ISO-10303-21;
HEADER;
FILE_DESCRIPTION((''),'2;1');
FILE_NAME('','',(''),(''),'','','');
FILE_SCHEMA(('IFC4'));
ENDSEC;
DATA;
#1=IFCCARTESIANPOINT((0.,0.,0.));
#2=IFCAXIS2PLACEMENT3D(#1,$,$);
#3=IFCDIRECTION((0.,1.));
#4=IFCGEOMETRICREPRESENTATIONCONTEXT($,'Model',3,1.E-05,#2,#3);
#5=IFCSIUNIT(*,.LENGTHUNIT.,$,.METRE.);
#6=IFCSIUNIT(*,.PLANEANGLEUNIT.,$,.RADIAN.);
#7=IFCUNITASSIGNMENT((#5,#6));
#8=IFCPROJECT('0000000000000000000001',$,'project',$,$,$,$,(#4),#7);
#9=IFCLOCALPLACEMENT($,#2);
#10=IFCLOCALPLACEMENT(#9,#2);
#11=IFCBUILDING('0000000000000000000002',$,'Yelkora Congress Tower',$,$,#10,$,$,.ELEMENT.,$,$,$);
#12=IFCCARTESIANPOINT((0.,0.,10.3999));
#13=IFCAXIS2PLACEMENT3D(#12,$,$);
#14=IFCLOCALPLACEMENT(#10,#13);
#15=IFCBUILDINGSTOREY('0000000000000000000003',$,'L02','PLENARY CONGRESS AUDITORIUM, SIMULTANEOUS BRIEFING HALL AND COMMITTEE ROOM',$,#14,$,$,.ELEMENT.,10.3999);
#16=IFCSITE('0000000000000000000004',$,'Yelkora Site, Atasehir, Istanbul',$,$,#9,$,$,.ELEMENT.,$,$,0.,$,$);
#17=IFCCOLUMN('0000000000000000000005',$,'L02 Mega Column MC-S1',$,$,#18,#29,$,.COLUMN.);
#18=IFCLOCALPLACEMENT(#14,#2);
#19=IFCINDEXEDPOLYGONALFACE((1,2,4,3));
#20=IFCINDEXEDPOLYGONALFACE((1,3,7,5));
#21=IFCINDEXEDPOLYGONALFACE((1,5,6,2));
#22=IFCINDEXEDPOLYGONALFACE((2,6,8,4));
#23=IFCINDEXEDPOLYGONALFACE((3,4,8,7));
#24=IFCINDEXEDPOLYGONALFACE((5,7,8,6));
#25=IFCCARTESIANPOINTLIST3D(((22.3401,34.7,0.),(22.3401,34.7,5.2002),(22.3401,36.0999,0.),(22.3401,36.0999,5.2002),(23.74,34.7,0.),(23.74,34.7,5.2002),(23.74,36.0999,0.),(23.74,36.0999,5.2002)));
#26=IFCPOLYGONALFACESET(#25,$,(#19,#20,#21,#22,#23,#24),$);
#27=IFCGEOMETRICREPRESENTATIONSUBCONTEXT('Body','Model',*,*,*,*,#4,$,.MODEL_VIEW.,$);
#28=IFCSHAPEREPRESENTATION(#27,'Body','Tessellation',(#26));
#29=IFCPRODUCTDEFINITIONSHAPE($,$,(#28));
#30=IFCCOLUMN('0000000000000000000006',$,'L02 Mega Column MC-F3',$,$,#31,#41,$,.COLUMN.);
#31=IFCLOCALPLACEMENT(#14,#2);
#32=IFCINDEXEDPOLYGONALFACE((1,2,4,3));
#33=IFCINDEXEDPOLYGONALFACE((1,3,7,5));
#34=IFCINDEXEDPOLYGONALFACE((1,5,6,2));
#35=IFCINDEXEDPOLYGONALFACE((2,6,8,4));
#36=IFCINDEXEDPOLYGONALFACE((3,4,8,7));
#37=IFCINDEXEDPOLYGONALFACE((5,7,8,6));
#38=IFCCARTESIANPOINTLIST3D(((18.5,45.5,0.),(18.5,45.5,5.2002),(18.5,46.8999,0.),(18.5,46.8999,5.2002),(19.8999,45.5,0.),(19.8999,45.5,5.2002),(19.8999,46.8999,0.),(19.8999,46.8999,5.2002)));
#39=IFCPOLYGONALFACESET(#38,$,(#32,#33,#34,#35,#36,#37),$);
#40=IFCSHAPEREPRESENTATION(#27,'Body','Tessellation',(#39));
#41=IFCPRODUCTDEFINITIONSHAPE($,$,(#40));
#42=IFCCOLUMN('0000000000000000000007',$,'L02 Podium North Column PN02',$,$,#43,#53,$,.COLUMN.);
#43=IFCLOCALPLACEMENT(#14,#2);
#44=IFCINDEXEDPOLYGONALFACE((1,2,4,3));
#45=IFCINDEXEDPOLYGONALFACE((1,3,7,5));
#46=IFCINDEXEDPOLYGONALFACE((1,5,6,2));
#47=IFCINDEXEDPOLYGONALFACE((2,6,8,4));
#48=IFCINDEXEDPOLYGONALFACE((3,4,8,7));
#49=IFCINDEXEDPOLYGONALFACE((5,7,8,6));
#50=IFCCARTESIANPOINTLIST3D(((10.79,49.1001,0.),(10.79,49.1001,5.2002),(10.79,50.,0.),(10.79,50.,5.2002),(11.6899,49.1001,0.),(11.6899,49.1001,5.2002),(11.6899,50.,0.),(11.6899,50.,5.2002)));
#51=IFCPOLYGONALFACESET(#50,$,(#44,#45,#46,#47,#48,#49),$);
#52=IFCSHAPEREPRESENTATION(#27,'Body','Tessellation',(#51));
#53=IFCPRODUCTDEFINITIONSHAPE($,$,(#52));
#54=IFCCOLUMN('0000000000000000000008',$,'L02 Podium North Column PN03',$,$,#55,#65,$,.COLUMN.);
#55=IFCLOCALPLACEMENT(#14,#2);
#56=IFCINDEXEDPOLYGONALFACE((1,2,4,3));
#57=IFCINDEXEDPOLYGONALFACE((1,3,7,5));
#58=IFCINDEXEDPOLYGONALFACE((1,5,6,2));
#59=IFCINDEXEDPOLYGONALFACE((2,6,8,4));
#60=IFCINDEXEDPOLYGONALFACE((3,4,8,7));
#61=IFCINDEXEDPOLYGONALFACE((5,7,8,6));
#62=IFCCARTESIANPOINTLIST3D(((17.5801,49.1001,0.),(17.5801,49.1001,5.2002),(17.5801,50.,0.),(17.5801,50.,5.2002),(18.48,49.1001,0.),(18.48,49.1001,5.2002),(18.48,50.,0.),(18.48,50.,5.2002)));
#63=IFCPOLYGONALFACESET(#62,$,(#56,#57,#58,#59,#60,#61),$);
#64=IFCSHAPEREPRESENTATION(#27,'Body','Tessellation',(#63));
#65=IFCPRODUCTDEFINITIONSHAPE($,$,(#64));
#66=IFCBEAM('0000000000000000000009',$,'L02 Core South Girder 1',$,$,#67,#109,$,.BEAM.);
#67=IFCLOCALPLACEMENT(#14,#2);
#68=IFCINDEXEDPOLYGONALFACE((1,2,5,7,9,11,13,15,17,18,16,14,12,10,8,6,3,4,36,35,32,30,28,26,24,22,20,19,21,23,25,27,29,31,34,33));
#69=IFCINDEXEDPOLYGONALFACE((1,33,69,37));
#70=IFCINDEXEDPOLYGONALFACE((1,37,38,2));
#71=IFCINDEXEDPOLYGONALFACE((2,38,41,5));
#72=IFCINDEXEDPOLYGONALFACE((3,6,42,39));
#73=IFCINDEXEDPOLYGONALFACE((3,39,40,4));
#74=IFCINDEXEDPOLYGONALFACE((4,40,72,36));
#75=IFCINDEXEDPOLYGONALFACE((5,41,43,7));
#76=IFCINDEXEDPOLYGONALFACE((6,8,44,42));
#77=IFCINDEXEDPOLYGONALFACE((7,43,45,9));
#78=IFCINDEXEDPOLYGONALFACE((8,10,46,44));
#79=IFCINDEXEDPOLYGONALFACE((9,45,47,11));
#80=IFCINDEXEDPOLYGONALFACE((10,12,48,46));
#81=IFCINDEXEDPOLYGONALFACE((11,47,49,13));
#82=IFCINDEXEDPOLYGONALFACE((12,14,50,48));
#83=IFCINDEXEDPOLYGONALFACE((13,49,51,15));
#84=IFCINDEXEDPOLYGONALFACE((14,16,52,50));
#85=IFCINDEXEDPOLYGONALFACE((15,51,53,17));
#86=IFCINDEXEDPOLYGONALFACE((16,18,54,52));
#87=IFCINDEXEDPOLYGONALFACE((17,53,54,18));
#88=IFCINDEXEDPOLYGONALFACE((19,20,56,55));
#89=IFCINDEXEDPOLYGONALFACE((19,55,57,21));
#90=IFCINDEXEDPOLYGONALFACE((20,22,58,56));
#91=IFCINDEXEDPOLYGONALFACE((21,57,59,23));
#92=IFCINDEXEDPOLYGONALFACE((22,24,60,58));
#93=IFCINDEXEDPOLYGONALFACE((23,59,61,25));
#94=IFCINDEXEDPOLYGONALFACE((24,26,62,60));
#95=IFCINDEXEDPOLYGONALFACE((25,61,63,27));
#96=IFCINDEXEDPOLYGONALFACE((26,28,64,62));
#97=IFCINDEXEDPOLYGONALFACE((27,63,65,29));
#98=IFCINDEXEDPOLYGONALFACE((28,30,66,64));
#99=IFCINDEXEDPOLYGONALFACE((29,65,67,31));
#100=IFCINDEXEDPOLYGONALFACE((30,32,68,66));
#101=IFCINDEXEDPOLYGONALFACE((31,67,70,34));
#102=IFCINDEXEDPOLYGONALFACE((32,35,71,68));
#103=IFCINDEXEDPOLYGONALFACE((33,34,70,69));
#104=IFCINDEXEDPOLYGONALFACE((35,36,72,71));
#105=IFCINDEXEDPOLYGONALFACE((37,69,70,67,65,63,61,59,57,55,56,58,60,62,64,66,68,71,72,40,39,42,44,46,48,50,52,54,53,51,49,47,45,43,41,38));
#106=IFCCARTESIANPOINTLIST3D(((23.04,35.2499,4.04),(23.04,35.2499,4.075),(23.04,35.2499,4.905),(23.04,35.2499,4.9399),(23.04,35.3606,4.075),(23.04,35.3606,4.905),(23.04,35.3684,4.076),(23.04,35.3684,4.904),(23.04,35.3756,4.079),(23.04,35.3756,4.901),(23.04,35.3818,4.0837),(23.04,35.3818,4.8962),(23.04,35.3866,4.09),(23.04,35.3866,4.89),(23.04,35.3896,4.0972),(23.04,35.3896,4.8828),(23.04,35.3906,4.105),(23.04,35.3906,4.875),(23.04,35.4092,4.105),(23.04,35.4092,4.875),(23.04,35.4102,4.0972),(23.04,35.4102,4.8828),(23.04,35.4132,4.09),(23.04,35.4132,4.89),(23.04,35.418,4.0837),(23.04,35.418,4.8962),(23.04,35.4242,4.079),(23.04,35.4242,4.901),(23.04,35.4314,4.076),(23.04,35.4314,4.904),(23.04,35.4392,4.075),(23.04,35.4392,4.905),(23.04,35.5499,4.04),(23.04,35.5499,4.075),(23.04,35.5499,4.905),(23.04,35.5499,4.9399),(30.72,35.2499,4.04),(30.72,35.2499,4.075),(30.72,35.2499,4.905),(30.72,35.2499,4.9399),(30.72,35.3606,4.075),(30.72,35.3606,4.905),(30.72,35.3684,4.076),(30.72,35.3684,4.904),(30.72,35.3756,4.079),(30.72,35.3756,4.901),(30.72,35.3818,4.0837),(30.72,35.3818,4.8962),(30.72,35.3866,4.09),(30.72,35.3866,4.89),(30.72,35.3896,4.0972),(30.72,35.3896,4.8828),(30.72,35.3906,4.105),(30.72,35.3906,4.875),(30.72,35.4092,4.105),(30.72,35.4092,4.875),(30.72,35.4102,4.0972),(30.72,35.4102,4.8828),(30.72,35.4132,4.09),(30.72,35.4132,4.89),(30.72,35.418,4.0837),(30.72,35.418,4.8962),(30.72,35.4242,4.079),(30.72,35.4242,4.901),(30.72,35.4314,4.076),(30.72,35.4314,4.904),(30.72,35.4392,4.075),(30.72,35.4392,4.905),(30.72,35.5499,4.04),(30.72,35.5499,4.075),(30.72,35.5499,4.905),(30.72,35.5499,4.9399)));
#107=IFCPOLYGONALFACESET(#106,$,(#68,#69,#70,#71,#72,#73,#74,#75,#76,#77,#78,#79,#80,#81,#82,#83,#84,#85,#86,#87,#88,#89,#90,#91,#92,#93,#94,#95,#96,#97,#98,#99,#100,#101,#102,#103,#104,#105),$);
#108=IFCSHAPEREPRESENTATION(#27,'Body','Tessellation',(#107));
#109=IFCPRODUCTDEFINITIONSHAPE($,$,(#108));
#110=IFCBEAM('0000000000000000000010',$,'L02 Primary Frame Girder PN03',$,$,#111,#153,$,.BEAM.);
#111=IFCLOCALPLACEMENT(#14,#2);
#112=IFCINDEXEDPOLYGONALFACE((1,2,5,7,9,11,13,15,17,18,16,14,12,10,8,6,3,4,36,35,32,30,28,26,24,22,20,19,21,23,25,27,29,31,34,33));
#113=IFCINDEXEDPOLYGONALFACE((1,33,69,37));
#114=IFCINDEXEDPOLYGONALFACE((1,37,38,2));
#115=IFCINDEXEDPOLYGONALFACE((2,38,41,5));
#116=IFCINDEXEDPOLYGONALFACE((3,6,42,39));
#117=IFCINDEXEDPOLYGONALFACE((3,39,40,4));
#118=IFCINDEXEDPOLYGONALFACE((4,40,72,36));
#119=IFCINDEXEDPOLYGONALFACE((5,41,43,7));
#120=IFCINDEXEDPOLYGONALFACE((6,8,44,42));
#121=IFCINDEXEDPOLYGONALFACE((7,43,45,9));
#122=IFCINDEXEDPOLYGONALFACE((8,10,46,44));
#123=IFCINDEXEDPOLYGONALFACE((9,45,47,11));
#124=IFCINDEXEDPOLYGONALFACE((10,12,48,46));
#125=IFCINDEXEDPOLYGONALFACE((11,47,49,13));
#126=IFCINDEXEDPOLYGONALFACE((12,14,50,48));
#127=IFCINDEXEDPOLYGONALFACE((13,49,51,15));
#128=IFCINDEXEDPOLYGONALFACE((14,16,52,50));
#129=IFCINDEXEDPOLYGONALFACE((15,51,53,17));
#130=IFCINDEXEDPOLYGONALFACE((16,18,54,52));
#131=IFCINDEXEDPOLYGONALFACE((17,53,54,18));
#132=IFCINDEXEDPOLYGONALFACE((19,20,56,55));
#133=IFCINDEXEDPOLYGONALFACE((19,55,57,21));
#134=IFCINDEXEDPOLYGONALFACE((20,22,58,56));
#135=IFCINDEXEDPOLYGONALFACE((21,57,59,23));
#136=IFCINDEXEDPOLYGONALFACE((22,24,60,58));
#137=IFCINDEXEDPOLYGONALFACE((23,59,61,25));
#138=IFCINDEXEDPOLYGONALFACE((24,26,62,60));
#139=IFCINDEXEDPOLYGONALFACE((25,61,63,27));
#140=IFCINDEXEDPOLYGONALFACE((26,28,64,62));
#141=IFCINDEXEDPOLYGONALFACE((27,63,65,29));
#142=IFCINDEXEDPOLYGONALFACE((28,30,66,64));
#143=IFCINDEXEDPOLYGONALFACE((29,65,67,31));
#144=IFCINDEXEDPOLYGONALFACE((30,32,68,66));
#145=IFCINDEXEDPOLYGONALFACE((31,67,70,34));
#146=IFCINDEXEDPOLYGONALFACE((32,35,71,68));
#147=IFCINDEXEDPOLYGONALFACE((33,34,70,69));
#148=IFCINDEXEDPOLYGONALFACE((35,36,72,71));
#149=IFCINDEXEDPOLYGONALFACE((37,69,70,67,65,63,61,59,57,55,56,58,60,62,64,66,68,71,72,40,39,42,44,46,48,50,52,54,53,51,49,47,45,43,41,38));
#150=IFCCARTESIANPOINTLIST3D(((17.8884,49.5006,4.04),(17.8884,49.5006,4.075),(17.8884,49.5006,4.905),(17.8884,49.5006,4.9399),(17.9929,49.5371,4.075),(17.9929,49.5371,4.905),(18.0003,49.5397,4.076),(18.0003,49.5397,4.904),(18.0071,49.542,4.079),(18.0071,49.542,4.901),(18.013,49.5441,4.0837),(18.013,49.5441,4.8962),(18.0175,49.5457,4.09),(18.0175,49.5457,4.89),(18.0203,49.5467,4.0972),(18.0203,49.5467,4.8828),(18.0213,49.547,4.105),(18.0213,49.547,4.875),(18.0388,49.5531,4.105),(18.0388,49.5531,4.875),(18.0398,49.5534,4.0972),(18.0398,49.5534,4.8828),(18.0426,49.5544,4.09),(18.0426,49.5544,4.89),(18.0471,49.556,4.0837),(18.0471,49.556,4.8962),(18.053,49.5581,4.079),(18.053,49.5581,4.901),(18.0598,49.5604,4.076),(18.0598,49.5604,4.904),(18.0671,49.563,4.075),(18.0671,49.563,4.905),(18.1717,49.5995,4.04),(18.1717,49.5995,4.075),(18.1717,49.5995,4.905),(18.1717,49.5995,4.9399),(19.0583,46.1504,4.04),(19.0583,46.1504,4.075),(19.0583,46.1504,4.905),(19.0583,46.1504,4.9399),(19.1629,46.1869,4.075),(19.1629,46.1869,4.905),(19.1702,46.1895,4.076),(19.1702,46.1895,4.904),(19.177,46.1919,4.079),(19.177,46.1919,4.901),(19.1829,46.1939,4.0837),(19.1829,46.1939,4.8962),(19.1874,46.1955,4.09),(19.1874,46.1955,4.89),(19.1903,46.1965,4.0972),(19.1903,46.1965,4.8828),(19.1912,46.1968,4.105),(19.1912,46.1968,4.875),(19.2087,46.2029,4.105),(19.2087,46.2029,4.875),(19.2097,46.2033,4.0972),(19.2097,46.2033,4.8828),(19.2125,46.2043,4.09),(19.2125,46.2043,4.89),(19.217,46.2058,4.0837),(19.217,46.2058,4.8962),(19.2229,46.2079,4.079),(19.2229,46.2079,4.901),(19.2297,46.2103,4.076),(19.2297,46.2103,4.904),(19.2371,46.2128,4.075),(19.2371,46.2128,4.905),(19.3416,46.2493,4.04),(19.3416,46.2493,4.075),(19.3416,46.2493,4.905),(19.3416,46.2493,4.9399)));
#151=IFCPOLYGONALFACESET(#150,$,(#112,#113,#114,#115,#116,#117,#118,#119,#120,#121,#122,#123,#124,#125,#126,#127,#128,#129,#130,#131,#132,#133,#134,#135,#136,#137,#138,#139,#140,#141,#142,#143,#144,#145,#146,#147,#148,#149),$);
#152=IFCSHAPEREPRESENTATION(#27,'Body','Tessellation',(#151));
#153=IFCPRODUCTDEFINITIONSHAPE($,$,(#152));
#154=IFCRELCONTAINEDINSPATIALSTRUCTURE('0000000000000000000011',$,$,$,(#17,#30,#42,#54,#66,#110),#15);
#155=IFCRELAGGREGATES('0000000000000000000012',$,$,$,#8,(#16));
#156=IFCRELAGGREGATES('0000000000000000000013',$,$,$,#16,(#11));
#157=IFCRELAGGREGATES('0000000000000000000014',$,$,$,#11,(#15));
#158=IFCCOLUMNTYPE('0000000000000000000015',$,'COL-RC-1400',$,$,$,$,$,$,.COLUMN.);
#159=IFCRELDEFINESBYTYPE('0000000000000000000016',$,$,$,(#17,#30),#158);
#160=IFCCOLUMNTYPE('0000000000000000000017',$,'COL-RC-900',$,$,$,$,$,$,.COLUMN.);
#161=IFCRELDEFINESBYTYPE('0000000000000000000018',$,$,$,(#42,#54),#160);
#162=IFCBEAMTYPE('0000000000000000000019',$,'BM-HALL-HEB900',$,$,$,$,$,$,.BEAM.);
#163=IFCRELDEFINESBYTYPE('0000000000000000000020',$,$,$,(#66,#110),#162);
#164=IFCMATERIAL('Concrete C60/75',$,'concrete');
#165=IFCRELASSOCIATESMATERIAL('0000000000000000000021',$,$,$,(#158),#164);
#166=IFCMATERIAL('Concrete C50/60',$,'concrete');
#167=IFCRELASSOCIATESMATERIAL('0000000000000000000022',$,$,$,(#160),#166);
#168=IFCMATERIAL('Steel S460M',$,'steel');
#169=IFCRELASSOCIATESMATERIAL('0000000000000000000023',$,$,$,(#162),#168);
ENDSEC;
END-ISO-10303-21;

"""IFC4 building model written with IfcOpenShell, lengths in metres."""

from ifc_helpers import new_model, si_unit, direction, frame, origin, origin_2d, place, context, subcontext, project, spatial, rectangle, i_section, extrude, material, material_profile, profile_set, type_object, element, save


model = new_model("IFC4")

# Units and contexts
model_context = context("Model", 3, precision=1e-05, world=origin(), true_north=direction((0.0, 1.0)))
body_context = subcontext(model_context, "Body", "Model", "MODEL_VIEW")
ifc_project = project(units=[si_unit("LENGTHUNIT", "METRE"), si_unit("PLANEANGLEUNIT", "RADIAN")], contexts=[model_context])

# Site, building, storey
site_placement = place(None, origin())
site = spatial("IfcSite", under=ifc_project, at=site_placement, Name="Yelkora Site, Atasehir, Istanbul", CompositionType="ELEMENT", RefElevation=0.0)
building_placement = place(site_placement, origin())
building = spatial("IfcBuilding", under=site, at=building_placement, Name="Yelkora Congress Tower", CompositionType="ELEMENT")
storey_placement = place(building_placement, frame((0.0, 0.0, 10.3999)))
storey = spatial("IfcBuildingStorey", under=building, at=storey_placement, Name="L02", Description="PLENARY CONGRESS AUDITORIUM, SIMULTANEOUS BRIEFING HALL AND COMMITTEE ROOM", CompositionType="ELEMENT", Elevation=10.3999)

# Columns
ifc_material_1 = material(Name="Concrete C60/75", Category="concrete")
ifc_material_profile_1 = material_profile(ifc_material_1, rectangle(XDim=1.3999, YDim=1.3999, at=origin_2d()), Name="RC 1400x1400")
ifc_profile_set_1 = profile_set([ifc_material_profile_1], Name="Concrete C60/75")
column_type_1 = type_object("IfcColumnType", Name="COL-RC-1400", PredefinedType="COLUMN", material=ifc_profile_set_1)
for number, where, z_axis, x_axis, name in (
    (1, (23.04, 35.3999, 0.0), (0.0, 0.0, 1.0), (1.0, 0.0, 0.0), "L02 Mega Column MC-S1"),
    (2, (19.2, 46.2, 0.0), (0.0, 0.0, 1.0), (1.0, 0.0, 0.0), "L02 Mega Column MC-F3"),
):
    element("IfcColumn", number, at=place(storey_placement, frame(where, z_axis=z_axis, x_axis=x_axis)), inside=storey, type_object=column_type_1, Name=name, PredefinedType="COLUMN", context=body_context, shape_type="SweptSolid", body=[
        extrude(rectangle(XDim=1.3999, YDim=1.3999, at=origin_2d()), origin(), (0.0, 0.0, 1.0), 5.2002),
    ])
ifc_material_2 = material(Name="Concrete C50/60", Category="concrete")
ifc_material_profile_2 = material_profile(ifc_material_2, rectangle(XDim=0.8999, YDim=0.8999, at=origin_2d()), Name="RC 900x900")
ifc_profile_set_2 = profile_set([ifc_material_profile_2], Name="Concrete C50/60")
column_type_2 = type_object("IfcColumnType", Name="COL-RC-900", PredefinedType="COLUMN", material=ifc_profile_set_2)
for number, where, z_axis, x_axis, name in (
    (3, (11.24, 49.55, 0.0), (0.0, 0.0, 1.0), (1.0, 0.0, 0.0), "L02 Podium North Column PN02"),
    (4, (18.03, 49.55, 0.0), (0.0, 0.0, 1.0), (1.0, 0.0, 0.0), "L02 Podium North Column PN03"),
):
    element("IfcColumn", number, at=place(storey_placement, frame(where, z_axis=z_axis, x_axis=x_axis)), inside=storey, type_object=column_type_2, Name=name, PredefinedType="COLUMN", context=body_context, shape_type="SweptSolid", body=[
        extrude(rectangle(XDim=0.8999, YDim=0.8999, at=origin_2d()), origin(), (0.0, 0.0, 1.0), 5.2002),
    ])

# Beams
ifc_material_3 = material(Name="Steel S460M", Category="steel")
ifc_material_profile_3 = material_profile(ifc_material_3, i_section(OverallWidth=0.3, OverallDepth=0.8999, WebThickness=0.0186, FlangeThickness=0.0349, FilletRadius=0.03, at=origin_2d()), Name="HEB 900")
ifc_profile_set_3 = profile_set([ifc_material_profile_3], Name="Steel S460M")
beam_type_1 = type_object("IfcBeamType", Name="BM-HALL-HEB900", PredefinedType="BEAM", material=ifc_profile_set_3)
beam_1_placement = place(storey_placement, frame((23.04, 35.3999, 4.49), z_axis=(1.0, 0.0, 0.0), x_axis=(0.0, 1.0, 0.0)))
element("IfcBeam", 5, at=beam_1_placement, inside=storey, type_object=beam_type_1, Name="L02 Core South Girder 1", PredefinedType="BEAM", context=body_context, shape_type="SweptSolid", body=[
    extrude(i_section(OverallWidth=0.3, OverallDepth=0.8999, WebThickness=0.0186, FlangeThickness=0.0349, FilletRadius=0.03, at=origin_2d()), origin(), (0.0, 0.0, 1.0), 7.6799),
])
beam_2_placement = place(storey_placement, frame((18.03, 49.55, 4.49), z_axis=(0.329695, -0.944088, 0.0), x_axis=(0.944088, 0.329695, 0.0)))
element("IfcBeam", 6, at=beam_2_placement, inside=storey, type_object=beam_type_1, Name="L02 Primary Frame Girder PN03", PredefinedType="BEAM", context=body_context, shape_type="SweptSolid", body=[
    extrude(i_section(OverallWidth=0.3, OverallDepth=0.8999, WebThickness=0.0186, FlangeThickness=0.0349, FilletRadius=0.03, at=origin_2d()), origin(), (0.0, 0.0, 1.0), 3.5486),
])

save(model, "model.ifc")
